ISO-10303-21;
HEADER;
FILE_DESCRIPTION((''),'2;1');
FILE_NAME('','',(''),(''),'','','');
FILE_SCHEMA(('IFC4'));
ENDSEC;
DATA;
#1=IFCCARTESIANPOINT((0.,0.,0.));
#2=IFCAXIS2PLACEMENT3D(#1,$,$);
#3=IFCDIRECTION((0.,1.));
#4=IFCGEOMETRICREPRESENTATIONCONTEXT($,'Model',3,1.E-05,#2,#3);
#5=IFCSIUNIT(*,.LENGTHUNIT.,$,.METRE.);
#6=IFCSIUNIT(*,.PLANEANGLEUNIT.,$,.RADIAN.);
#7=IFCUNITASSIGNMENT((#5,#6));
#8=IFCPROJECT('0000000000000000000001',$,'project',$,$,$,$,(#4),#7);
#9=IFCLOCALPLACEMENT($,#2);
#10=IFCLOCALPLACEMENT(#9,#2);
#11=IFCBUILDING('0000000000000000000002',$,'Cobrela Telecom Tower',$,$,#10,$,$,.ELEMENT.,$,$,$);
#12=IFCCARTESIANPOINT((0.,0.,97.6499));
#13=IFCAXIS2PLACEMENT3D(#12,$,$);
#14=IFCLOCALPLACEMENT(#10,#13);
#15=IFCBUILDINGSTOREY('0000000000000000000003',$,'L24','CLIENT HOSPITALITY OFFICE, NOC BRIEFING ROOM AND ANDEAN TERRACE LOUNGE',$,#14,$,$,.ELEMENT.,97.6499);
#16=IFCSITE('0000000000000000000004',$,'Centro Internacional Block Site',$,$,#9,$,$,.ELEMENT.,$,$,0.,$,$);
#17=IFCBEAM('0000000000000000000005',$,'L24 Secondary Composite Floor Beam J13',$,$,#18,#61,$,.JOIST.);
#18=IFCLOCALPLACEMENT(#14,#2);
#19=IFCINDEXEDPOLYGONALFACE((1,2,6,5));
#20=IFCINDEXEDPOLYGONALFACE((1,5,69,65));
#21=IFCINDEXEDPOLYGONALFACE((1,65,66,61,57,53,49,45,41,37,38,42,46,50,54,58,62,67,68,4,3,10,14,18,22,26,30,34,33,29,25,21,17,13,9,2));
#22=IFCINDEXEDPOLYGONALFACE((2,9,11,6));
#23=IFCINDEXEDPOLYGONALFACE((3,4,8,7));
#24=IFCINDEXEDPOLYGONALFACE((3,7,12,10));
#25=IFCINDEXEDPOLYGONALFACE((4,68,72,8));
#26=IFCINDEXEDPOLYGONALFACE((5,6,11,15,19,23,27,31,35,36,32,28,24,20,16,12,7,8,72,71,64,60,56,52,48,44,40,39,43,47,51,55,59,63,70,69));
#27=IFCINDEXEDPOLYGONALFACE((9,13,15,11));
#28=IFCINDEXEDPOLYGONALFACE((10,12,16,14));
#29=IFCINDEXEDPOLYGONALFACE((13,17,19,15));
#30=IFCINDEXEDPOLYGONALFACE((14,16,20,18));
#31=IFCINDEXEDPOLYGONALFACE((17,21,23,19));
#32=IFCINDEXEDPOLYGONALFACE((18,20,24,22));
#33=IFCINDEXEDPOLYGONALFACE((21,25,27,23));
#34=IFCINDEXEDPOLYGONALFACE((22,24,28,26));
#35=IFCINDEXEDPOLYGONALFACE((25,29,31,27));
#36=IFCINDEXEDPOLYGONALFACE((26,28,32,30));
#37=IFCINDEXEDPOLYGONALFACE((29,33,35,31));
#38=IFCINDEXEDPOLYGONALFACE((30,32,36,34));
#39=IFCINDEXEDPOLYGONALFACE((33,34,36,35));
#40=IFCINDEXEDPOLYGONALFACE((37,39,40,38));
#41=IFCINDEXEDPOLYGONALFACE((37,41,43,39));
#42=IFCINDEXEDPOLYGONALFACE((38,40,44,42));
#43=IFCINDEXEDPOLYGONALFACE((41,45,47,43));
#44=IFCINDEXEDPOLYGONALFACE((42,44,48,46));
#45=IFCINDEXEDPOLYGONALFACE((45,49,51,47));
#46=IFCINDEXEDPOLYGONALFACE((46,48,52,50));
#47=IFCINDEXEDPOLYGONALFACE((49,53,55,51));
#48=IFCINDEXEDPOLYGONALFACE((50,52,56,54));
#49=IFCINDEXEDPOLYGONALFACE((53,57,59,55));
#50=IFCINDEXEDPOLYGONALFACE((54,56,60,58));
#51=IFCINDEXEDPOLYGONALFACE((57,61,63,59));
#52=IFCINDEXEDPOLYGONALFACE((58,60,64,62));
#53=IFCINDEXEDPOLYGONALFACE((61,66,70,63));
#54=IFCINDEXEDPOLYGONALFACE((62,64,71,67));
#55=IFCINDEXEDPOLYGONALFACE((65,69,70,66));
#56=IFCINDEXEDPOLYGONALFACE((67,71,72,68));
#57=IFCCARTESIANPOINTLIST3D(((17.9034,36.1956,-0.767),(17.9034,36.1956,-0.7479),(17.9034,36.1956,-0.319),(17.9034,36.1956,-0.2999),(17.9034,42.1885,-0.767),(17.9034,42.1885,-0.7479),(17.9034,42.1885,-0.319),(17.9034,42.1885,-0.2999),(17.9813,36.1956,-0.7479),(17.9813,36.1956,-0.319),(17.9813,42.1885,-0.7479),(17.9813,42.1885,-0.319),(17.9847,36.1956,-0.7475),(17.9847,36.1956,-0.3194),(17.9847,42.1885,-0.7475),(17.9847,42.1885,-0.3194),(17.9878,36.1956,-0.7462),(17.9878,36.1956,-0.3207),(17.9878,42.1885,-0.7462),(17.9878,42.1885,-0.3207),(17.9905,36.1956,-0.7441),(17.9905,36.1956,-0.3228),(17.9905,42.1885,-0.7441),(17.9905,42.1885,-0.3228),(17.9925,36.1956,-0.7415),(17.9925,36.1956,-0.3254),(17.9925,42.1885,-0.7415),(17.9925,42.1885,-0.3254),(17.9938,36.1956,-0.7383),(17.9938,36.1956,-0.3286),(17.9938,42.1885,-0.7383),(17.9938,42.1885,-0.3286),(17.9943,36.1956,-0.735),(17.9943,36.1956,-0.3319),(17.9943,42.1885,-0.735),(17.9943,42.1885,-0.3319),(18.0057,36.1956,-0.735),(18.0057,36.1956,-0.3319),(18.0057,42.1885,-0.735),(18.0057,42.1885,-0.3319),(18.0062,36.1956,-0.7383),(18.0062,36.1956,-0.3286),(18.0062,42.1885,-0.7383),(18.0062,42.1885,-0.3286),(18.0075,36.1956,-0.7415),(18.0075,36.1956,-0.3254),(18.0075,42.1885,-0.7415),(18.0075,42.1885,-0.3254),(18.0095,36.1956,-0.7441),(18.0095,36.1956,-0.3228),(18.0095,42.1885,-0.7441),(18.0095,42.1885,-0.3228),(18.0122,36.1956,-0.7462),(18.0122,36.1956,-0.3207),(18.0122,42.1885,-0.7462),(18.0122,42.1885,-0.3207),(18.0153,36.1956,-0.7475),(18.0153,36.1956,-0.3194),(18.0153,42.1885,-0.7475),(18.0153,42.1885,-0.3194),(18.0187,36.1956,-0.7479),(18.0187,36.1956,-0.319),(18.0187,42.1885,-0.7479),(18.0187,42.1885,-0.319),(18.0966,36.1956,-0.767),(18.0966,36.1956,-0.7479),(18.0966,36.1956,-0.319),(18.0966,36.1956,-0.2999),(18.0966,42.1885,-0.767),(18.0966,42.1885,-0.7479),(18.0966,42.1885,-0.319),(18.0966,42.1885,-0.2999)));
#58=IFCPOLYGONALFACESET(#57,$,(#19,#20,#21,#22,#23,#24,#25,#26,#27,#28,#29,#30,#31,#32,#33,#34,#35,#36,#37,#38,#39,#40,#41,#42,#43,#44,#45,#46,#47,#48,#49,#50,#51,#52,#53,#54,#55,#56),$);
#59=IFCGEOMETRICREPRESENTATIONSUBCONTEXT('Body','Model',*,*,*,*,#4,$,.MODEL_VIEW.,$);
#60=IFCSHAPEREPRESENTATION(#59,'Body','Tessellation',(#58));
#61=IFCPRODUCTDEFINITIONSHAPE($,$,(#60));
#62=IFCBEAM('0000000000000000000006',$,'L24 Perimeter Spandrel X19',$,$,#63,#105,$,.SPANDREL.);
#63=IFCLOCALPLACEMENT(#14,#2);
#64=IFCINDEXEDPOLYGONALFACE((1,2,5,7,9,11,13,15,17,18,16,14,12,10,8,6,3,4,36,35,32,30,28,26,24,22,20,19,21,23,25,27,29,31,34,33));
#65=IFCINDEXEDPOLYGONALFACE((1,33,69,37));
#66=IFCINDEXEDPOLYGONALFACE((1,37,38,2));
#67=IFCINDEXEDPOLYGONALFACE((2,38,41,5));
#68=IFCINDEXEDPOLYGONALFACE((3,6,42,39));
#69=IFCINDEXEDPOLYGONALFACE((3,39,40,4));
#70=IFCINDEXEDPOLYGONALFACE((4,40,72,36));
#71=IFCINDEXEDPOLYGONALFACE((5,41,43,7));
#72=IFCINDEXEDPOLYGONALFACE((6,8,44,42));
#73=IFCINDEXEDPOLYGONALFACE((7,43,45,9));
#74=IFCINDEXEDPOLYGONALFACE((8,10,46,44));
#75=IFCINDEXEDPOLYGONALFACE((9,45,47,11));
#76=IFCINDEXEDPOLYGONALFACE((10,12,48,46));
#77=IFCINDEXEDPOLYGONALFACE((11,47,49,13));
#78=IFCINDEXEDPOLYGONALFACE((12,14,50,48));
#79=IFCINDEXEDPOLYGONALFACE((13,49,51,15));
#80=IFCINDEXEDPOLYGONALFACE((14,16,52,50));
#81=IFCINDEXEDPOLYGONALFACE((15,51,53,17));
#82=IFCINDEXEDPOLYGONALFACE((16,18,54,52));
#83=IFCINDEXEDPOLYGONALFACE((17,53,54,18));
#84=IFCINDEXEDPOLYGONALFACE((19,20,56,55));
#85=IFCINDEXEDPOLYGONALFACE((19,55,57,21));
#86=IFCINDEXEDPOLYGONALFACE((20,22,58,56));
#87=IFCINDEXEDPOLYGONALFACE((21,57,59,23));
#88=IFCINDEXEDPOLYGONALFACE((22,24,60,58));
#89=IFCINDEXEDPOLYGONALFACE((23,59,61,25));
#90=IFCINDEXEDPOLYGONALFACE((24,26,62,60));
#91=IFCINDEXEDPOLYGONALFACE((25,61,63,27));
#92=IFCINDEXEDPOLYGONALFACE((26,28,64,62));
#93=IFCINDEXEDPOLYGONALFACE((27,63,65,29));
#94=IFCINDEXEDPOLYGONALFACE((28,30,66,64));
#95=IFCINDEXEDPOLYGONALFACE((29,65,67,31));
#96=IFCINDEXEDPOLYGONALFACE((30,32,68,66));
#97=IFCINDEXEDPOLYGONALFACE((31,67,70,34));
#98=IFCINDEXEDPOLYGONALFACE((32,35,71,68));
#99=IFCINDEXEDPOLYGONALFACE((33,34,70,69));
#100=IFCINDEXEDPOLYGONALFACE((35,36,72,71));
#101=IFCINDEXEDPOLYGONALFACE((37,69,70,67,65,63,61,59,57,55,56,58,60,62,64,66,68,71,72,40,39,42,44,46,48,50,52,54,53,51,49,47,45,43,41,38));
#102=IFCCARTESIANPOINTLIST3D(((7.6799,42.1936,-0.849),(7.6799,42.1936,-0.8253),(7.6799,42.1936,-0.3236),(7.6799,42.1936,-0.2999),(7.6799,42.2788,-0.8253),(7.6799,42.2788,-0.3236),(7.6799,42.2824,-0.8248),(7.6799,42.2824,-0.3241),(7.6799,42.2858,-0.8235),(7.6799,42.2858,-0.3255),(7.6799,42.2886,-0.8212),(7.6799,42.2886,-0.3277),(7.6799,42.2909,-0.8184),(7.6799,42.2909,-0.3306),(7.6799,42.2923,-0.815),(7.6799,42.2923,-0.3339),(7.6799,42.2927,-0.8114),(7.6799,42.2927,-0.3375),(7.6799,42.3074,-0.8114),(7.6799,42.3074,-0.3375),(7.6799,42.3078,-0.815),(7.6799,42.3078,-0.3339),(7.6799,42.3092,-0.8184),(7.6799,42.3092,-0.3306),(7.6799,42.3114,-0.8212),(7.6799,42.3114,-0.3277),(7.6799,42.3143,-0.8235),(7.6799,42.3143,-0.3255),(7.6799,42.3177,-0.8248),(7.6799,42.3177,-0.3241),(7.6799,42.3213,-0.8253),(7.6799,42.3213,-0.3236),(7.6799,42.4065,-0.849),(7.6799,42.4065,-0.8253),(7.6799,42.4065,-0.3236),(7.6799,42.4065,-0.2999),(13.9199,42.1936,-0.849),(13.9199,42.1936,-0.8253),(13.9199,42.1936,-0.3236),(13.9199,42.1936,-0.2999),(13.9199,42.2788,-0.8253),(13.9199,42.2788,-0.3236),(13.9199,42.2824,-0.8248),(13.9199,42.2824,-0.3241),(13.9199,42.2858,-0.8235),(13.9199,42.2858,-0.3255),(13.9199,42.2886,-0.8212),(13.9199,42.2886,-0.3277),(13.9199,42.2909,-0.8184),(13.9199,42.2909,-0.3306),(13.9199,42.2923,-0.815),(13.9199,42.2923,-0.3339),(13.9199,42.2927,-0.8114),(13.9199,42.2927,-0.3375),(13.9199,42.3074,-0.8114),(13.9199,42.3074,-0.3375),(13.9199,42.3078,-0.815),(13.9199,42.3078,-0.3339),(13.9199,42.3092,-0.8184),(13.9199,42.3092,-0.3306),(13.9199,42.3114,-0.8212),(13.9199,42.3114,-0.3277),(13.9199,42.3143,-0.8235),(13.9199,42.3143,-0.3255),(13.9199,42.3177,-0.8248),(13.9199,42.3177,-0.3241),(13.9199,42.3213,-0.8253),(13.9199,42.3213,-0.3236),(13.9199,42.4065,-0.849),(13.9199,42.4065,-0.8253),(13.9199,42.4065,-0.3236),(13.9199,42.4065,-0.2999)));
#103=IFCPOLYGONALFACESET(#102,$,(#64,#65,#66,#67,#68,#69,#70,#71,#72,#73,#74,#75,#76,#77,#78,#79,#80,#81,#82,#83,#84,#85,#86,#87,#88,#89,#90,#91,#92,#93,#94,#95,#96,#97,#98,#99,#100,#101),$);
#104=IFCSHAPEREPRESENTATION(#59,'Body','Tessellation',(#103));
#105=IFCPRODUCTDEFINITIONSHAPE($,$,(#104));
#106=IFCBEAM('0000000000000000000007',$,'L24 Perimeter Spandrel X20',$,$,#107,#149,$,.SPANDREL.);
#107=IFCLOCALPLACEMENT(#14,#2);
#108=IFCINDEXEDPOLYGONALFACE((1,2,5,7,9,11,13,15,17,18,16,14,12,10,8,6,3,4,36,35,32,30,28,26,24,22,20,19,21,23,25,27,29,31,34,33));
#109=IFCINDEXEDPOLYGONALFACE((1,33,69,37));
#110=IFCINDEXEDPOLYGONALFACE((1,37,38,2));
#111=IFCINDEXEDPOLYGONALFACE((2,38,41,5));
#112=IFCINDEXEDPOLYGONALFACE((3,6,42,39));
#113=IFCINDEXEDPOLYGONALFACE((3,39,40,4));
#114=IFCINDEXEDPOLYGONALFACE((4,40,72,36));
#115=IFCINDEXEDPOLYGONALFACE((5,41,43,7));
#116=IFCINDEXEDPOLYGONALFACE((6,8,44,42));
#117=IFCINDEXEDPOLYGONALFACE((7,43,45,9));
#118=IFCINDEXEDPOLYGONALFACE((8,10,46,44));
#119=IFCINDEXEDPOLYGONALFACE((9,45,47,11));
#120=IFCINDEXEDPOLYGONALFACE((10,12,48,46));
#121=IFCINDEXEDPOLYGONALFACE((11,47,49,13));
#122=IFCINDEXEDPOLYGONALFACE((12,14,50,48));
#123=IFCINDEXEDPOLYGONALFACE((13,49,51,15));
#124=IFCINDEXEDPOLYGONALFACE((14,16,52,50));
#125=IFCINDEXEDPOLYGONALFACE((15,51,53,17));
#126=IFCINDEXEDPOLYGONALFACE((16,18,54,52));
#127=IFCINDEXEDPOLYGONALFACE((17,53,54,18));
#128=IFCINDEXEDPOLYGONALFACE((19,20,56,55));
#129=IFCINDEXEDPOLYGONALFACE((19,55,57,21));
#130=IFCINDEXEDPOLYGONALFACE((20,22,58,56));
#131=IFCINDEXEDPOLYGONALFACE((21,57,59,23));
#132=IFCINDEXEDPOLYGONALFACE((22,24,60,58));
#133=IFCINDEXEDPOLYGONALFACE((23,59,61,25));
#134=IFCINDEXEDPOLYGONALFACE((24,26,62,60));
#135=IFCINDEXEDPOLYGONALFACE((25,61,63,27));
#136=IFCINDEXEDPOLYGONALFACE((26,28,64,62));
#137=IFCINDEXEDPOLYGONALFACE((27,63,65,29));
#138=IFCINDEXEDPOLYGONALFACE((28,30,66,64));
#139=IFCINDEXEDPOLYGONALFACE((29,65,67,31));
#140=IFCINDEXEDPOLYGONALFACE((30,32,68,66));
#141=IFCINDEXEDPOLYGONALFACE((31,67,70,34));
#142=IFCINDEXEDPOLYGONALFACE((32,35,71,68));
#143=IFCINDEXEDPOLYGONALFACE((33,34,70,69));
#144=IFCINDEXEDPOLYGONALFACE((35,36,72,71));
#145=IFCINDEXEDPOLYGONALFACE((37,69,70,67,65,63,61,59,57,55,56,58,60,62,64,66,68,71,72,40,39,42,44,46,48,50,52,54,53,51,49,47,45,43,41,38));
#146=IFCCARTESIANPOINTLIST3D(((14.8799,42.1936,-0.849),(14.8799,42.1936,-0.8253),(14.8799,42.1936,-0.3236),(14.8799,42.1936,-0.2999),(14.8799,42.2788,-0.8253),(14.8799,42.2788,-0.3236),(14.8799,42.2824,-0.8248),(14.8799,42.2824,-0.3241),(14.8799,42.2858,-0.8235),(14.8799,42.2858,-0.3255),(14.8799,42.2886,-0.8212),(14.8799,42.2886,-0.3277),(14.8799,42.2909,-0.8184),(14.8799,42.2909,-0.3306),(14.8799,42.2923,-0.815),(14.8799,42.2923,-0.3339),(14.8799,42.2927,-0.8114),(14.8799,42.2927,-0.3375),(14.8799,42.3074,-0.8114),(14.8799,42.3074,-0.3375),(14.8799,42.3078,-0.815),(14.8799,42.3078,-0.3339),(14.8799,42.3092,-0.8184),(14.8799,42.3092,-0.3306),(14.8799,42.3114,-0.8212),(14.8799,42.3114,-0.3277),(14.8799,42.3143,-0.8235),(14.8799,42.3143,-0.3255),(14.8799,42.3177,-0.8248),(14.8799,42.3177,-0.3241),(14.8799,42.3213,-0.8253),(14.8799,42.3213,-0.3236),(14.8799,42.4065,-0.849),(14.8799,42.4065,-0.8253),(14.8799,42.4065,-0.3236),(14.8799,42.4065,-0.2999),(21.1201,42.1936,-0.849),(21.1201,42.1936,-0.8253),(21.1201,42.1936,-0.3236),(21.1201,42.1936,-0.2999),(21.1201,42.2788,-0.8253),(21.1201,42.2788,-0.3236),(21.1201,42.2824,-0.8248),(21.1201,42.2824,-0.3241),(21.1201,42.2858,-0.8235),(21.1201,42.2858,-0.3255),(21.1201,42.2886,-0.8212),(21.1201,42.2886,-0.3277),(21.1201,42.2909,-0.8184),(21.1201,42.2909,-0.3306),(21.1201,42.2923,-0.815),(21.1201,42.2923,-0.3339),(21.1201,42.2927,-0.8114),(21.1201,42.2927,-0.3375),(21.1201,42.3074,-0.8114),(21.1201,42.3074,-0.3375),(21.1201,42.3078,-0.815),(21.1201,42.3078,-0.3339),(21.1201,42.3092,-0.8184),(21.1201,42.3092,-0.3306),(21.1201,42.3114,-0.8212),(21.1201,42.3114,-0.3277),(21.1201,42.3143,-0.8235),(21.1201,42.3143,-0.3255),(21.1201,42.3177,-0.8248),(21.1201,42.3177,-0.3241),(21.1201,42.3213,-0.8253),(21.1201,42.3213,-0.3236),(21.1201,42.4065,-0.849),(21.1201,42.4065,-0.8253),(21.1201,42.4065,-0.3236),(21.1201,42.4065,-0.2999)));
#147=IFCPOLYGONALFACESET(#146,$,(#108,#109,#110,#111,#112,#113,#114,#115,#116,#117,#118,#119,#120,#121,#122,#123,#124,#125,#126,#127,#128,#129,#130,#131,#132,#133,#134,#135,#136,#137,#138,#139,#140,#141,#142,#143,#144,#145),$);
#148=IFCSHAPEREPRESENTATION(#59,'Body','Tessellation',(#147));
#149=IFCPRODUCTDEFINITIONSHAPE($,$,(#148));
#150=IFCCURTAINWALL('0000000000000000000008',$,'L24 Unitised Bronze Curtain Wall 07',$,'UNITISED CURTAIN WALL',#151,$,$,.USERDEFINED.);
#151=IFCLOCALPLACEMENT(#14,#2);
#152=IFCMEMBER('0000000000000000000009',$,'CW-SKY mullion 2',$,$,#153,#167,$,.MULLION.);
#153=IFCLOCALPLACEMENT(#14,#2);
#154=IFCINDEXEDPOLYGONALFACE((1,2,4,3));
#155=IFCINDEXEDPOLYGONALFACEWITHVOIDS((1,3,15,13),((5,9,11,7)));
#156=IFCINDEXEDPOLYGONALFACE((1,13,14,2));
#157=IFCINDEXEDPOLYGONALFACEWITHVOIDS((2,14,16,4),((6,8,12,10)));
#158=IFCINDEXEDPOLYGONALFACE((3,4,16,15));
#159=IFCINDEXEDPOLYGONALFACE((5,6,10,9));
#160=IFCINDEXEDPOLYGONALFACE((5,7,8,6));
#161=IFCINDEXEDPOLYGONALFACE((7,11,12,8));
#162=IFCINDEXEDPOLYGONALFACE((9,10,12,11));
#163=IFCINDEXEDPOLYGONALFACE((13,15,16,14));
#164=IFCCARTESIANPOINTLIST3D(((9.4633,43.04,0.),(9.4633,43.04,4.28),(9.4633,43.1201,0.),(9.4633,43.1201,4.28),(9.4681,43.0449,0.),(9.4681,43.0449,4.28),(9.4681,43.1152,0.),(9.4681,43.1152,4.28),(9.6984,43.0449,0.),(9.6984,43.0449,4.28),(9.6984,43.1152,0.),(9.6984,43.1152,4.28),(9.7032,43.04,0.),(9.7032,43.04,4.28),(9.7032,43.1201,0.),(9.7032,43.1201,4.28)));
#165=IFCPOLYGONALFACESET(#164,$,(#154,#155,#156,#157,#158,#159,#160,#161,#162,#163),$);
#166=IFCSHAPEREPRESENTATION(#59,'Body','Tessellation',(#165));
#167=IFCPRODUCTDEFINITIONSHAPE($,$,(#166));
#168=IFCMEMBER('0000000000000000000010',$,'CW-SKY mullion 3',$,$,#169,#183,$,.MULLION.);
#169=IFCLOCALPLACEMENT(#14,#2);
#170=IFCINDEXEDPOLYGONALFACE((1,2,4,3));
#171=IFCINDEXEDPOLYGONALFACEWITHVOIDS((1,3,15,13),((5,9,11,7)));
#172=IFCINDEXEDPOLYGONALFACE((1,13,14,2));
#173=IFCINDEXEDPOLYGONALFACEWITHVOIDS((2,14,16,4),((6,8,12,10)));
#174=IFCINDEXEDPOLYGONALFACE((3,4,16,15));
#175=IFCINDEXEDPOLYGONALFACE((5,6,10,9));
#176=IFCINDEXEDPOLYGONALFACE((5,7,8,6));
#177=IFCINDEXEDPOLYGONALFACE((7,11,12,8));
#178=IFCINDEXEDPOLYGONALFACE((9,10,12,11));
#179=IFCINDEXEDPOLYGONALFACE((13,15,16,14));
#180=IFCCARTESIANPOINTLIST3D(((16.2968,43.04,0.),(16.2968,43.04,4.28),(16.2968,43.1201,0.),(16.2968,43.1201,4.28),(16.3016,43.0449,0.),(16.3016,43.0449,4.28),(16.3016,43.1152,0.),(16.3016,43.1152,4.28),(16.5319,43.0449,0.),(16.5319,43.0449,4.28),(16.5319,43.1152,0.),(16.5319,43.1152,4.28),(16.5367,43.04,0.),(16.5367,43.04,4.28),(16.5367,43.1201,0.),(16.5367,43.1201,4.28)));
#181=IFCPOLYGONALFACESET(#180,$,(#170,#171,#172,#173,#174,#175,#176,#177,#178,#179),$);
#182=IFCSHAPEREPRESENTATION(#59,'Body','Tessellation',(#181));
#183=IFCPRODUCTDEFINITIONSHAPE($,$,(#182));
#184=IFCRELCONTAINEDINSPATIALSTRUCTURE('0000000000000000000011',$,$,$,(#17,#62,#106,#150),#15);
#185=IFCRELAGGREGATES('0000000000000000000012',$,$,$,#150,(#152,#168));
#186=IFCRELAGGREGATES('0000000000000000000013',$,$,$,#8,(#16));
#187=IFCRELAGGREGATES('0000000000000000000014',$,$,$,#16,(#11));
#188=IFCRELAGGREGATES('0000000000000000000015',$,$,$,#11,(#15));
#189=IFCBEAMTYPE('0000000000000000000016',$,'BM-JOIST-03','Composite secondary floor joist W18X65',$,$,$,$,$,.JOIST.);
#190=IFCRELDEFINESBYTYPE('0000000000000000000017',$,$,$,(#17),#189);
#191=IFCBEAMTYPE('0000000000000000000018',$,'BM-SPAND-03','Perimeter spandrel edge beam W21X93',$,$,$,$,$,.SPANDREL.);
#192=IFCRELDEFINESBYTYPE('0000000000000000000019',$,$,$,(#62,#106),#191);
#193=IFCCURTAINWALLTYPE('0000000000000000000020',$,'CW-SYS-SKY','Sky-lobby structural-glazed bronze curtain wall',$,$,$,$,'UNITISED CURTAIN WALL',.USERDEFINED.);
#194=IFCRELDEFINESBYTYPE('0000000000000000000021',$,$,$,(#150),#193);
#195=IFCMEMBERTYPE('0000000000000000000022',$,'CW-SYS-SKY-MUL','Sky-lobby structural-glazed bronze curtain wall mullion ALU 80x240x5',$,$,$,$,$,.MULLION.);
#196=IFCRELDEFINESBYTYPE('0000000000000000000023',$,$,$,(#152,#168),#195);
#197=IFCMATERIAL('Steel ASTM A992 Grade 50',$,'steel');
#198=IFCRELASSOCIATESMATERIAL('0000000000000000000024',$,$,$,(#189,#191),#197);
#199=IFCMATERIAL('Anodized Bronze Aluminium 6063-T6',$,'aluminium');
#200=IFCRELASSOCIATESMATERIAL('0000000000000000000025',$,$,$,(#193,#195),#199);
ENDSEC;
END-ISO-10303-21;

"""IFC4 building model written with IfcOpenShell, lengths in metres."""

from ifc_helpers import new_model, si_unit, direction, frame, origin, origin_2d, place, context, subcontext, project, spatial, hollow_rectangle, i_section, extrude, material, material_profile, profile_set, type_object, element, aggregate, save


model = new_model("IFC4")

# Units and contexts
model_context = context("Model", 3, precision=1e-05, world=origin(), true_north=direction((0.0, 1.0)))
body_context = subcontext(model_context, "Body", "Model", "MODEL_VIEW")
ifc_project = project(units=[si_unit("LENGTHUNIT", "METRE"), si_unit("PLANEANGLEUNIT", "RADIAN")], contexts=[model_context])

# Site, building, storey
site_placement = place(None, origin())
site = spatial("IfcSite", under=ifc_project, at=site_placement, Name="Centro Internacional Block Site", CompositionType="ELEMENT", RefElevation=0.0)
building_placement = place(site_placement, origin())
building = spatial("IfcBuilding", under=site, at=building_placement, Name="Cobrela Telecom Tower", CompositionType="ELEMENT")
storey_placement = place(building_placement, frame((0.0, 0.0, 97.6499)))
storey = spatial("IfcBuildingStorey", under=building, at=storey_placement, Name="L24", Description="CLIENT HOSPITALITY OFFICE, NOC BRIEFING ROOM AND ANDEAN TERRACE LOUNGE", CompositionType="ELEMENT", Elevation=97.6499)

# Beams
ifc_material_1 = material(Name="Steel ASTM A992 Grade 50", Category="steel")
ifc_material_profile_1 = material_profile(ifc_material_1, i_section(OverallWidth=0.1931, OverallDepth=0.467, WebThickness=0.0115, FlangeThickness=0.019, FilletRadius=0.0129, at=origin_2d()), Name="W18X65")
ifc_profile_set_1 = profile_set([ifc_material_profile_1], Name="Steel ASTM A992 Grade 50")
beam_type_1 = type_object("IfcBeamType", Name="BM-JOIST-03", Description="Composite secondary floor joist W18X65", PredefinedType="JOIST", material=ifc_profile_set_1)
for number, where, z_axis, x_axis, name in (
    (1, (18.0, 36.1956, -0.5334), (0.0, 1.0, 0.0), (-1.0, 0.0, 0.0), "L24 Secondary Composite Floor Beam J13"),
):
    element("IfcBeam", number, at=place(storey_placement, frame(where, z_axis=z_axis, x_axis=x_axis)), inside=storey, type_object=beam_type_1, Name=name, PredefinedType="JOIST", context=body_context, shape_type="SweptSolid", body=[
        extrude(i_section(OverallWidth=0.1931, OverallDepth=0.467, WebThickness=0.0115, FlangeThickness=0.019, FilletRadius=0.0129, at=origin_2d()), origin(), (0.0, 0.0, 1.0), 5.9929),
    ])
ifc_material_profile_2 = material_profile(ifc_material_1, i_section(OverallWidth=0.2129, OverallDepth=0.5491, WebThickness=0.0146, FlangeThickness=0.0237, FilletRadius=0.0139, at=origin_2d()), Name="W21X93")
ifc_profile_set_2 = profile_set([ifc_material_profile_2], Name="Steel ASTM A992 Grade 50")
beam_type_2 = type_object("IfcBeamType", Name="BM-SPAND-03", Description="Perimeter spandrel edge beam W21X93", PredefinedType="SPANDREL", material=ifc_profile_set_2)
beam_1_placement = place(storey_placement, frame((7.6799, 42.3, -0.5745), z_axis=(1.0, 0.0, 0.0), x_axis=(0.0, 1.0, 0.0)))
element("IfcBeam", 2, at=beam_1_placement, inside=storey, type_object=beam_type_2, Name="L24 Perimeter Spandrel X19", PredefinedType="SPANDREL", context=body_context, shape_type="SweptSolid", body=[
    extrude(i_section(OverallWidth=0.2129, OverallDepth=0.5491, WebThickness=0.0146, FlangeThickness=0.0237, FilletRadius=0.0139, at=origin_2d()), origin(), (0.0, 0.0, 1.0), 6.24),
])
beam_2_placement = place(storey_placement, frame((14.8799, 42.3, -0.5745), z_axis=(1.0, 0.0, 0.0), x_axis=(0.0, 1.0, 0.0)))
element("IfcBeam", 3, at=beam_2_placement, inside=storey, type_object=beam_type_2, Name="L24 Perimeter Spandrel X20", PredefinedType="SPANDREL", context=body_context, shape_type="SweptSolid", body=[
    extrude(i_section(OverallWidth=0.2129, OverallDepth=0.5491, WebThickness=0.0146, FlangeThickness=0.0237, FilletRadius=0.0139, at=origin_2d()), origin(), (0.0, 0.0, 1.0), 6.2402),
])

# Curtain wall, members
ifc_material_2 = material(Name="Anodized Bronze Aluminium 6063-T6", Category="aluminium")
curtain_wall_type = type_object("IfcCurtainWallType", Name="CW-SYS-SKY", Description="Sky-lobby structural-glazed bronze curtain wall", ElementType="UNITISED CURTAIN WALL", PredefinedType="USERDEFINED", material=ifc_material_2)
curtain_wall_placement = place(storey_placement, origin())
curtain_wall = element("IfcCurtainWall", 4, at=curtain_wall_placement, inside=storey, type_object=curtain_wall_type, Name="L24 Unitised Bronze Curtain Wall 07", ObjectType="UNITISED CURTAIN WALL", PredefinedType="USERDEFINED")
ifc_material_profile_3 = material_profile(ifc_material_2, hollow_rectangle(XDim=0.0801, YDim=0.24, WallThickness=0.0049, at=origin_2d()), Name="ALU 80x240x5")
ifc_profile_set_3 = profile_set([ifc_material_profile_3], Name="Anodized Bronze Aluminium 6063-T6")
member_type_1 = type_object("IfcMemberType", Name="CW-SYS-SKY-MUL", Description="Sky-lobby structural-glazed bronze curtain wall mullion ALU 80x240x5", PredefinedType="MULLION", material=ifc_profile_set_3)
member_1_placement = place(storey_placement, frame((9.5833, 43.0801, 0.0), z_axis=(0.0, 0.0, 1.0), x_axis=(0.0, 1.0, 0.0)))
member_1 = element("IfcMember", 5, at=member_1_placement, type_object=member_type_1, Name="CW-SKY mullion 2", PredefinedType="MULLION", context=body_context, shape_type="SweptSolid", body=[
    extrude(hollow_rectangle(XDim=0.0801, YDim=0.24, WallThickness=0.0049, at=origin_2d()), origin(), (0.0, 0.0, 1.0), 4.28),
])
member_2_placement = place(storey_placement, frame((16.4167, 43.0801, 0.0), z_axis=(0.0, 0.0, 1.0), x_axis=(0.0, 1.0, 0.0)))
member_2 = element("IfcMember", 6, at=member_2_placement, type_object=member_type_1, Name="CW-SKY mullion 3", PredefinedType="MULLION", context=body_context, shape_type="SweptSolid", body=[
    extrude(hollow_rectangle(XDim=0.0801, YDim=0.24, WallThickness=0.0049, at=origin_2d()), origin(), (0.0, 0.0, 1.0), 4.28),
])
aggregate(curtain_wall, [member_1, member_2])

save(model, "model.ifc")
